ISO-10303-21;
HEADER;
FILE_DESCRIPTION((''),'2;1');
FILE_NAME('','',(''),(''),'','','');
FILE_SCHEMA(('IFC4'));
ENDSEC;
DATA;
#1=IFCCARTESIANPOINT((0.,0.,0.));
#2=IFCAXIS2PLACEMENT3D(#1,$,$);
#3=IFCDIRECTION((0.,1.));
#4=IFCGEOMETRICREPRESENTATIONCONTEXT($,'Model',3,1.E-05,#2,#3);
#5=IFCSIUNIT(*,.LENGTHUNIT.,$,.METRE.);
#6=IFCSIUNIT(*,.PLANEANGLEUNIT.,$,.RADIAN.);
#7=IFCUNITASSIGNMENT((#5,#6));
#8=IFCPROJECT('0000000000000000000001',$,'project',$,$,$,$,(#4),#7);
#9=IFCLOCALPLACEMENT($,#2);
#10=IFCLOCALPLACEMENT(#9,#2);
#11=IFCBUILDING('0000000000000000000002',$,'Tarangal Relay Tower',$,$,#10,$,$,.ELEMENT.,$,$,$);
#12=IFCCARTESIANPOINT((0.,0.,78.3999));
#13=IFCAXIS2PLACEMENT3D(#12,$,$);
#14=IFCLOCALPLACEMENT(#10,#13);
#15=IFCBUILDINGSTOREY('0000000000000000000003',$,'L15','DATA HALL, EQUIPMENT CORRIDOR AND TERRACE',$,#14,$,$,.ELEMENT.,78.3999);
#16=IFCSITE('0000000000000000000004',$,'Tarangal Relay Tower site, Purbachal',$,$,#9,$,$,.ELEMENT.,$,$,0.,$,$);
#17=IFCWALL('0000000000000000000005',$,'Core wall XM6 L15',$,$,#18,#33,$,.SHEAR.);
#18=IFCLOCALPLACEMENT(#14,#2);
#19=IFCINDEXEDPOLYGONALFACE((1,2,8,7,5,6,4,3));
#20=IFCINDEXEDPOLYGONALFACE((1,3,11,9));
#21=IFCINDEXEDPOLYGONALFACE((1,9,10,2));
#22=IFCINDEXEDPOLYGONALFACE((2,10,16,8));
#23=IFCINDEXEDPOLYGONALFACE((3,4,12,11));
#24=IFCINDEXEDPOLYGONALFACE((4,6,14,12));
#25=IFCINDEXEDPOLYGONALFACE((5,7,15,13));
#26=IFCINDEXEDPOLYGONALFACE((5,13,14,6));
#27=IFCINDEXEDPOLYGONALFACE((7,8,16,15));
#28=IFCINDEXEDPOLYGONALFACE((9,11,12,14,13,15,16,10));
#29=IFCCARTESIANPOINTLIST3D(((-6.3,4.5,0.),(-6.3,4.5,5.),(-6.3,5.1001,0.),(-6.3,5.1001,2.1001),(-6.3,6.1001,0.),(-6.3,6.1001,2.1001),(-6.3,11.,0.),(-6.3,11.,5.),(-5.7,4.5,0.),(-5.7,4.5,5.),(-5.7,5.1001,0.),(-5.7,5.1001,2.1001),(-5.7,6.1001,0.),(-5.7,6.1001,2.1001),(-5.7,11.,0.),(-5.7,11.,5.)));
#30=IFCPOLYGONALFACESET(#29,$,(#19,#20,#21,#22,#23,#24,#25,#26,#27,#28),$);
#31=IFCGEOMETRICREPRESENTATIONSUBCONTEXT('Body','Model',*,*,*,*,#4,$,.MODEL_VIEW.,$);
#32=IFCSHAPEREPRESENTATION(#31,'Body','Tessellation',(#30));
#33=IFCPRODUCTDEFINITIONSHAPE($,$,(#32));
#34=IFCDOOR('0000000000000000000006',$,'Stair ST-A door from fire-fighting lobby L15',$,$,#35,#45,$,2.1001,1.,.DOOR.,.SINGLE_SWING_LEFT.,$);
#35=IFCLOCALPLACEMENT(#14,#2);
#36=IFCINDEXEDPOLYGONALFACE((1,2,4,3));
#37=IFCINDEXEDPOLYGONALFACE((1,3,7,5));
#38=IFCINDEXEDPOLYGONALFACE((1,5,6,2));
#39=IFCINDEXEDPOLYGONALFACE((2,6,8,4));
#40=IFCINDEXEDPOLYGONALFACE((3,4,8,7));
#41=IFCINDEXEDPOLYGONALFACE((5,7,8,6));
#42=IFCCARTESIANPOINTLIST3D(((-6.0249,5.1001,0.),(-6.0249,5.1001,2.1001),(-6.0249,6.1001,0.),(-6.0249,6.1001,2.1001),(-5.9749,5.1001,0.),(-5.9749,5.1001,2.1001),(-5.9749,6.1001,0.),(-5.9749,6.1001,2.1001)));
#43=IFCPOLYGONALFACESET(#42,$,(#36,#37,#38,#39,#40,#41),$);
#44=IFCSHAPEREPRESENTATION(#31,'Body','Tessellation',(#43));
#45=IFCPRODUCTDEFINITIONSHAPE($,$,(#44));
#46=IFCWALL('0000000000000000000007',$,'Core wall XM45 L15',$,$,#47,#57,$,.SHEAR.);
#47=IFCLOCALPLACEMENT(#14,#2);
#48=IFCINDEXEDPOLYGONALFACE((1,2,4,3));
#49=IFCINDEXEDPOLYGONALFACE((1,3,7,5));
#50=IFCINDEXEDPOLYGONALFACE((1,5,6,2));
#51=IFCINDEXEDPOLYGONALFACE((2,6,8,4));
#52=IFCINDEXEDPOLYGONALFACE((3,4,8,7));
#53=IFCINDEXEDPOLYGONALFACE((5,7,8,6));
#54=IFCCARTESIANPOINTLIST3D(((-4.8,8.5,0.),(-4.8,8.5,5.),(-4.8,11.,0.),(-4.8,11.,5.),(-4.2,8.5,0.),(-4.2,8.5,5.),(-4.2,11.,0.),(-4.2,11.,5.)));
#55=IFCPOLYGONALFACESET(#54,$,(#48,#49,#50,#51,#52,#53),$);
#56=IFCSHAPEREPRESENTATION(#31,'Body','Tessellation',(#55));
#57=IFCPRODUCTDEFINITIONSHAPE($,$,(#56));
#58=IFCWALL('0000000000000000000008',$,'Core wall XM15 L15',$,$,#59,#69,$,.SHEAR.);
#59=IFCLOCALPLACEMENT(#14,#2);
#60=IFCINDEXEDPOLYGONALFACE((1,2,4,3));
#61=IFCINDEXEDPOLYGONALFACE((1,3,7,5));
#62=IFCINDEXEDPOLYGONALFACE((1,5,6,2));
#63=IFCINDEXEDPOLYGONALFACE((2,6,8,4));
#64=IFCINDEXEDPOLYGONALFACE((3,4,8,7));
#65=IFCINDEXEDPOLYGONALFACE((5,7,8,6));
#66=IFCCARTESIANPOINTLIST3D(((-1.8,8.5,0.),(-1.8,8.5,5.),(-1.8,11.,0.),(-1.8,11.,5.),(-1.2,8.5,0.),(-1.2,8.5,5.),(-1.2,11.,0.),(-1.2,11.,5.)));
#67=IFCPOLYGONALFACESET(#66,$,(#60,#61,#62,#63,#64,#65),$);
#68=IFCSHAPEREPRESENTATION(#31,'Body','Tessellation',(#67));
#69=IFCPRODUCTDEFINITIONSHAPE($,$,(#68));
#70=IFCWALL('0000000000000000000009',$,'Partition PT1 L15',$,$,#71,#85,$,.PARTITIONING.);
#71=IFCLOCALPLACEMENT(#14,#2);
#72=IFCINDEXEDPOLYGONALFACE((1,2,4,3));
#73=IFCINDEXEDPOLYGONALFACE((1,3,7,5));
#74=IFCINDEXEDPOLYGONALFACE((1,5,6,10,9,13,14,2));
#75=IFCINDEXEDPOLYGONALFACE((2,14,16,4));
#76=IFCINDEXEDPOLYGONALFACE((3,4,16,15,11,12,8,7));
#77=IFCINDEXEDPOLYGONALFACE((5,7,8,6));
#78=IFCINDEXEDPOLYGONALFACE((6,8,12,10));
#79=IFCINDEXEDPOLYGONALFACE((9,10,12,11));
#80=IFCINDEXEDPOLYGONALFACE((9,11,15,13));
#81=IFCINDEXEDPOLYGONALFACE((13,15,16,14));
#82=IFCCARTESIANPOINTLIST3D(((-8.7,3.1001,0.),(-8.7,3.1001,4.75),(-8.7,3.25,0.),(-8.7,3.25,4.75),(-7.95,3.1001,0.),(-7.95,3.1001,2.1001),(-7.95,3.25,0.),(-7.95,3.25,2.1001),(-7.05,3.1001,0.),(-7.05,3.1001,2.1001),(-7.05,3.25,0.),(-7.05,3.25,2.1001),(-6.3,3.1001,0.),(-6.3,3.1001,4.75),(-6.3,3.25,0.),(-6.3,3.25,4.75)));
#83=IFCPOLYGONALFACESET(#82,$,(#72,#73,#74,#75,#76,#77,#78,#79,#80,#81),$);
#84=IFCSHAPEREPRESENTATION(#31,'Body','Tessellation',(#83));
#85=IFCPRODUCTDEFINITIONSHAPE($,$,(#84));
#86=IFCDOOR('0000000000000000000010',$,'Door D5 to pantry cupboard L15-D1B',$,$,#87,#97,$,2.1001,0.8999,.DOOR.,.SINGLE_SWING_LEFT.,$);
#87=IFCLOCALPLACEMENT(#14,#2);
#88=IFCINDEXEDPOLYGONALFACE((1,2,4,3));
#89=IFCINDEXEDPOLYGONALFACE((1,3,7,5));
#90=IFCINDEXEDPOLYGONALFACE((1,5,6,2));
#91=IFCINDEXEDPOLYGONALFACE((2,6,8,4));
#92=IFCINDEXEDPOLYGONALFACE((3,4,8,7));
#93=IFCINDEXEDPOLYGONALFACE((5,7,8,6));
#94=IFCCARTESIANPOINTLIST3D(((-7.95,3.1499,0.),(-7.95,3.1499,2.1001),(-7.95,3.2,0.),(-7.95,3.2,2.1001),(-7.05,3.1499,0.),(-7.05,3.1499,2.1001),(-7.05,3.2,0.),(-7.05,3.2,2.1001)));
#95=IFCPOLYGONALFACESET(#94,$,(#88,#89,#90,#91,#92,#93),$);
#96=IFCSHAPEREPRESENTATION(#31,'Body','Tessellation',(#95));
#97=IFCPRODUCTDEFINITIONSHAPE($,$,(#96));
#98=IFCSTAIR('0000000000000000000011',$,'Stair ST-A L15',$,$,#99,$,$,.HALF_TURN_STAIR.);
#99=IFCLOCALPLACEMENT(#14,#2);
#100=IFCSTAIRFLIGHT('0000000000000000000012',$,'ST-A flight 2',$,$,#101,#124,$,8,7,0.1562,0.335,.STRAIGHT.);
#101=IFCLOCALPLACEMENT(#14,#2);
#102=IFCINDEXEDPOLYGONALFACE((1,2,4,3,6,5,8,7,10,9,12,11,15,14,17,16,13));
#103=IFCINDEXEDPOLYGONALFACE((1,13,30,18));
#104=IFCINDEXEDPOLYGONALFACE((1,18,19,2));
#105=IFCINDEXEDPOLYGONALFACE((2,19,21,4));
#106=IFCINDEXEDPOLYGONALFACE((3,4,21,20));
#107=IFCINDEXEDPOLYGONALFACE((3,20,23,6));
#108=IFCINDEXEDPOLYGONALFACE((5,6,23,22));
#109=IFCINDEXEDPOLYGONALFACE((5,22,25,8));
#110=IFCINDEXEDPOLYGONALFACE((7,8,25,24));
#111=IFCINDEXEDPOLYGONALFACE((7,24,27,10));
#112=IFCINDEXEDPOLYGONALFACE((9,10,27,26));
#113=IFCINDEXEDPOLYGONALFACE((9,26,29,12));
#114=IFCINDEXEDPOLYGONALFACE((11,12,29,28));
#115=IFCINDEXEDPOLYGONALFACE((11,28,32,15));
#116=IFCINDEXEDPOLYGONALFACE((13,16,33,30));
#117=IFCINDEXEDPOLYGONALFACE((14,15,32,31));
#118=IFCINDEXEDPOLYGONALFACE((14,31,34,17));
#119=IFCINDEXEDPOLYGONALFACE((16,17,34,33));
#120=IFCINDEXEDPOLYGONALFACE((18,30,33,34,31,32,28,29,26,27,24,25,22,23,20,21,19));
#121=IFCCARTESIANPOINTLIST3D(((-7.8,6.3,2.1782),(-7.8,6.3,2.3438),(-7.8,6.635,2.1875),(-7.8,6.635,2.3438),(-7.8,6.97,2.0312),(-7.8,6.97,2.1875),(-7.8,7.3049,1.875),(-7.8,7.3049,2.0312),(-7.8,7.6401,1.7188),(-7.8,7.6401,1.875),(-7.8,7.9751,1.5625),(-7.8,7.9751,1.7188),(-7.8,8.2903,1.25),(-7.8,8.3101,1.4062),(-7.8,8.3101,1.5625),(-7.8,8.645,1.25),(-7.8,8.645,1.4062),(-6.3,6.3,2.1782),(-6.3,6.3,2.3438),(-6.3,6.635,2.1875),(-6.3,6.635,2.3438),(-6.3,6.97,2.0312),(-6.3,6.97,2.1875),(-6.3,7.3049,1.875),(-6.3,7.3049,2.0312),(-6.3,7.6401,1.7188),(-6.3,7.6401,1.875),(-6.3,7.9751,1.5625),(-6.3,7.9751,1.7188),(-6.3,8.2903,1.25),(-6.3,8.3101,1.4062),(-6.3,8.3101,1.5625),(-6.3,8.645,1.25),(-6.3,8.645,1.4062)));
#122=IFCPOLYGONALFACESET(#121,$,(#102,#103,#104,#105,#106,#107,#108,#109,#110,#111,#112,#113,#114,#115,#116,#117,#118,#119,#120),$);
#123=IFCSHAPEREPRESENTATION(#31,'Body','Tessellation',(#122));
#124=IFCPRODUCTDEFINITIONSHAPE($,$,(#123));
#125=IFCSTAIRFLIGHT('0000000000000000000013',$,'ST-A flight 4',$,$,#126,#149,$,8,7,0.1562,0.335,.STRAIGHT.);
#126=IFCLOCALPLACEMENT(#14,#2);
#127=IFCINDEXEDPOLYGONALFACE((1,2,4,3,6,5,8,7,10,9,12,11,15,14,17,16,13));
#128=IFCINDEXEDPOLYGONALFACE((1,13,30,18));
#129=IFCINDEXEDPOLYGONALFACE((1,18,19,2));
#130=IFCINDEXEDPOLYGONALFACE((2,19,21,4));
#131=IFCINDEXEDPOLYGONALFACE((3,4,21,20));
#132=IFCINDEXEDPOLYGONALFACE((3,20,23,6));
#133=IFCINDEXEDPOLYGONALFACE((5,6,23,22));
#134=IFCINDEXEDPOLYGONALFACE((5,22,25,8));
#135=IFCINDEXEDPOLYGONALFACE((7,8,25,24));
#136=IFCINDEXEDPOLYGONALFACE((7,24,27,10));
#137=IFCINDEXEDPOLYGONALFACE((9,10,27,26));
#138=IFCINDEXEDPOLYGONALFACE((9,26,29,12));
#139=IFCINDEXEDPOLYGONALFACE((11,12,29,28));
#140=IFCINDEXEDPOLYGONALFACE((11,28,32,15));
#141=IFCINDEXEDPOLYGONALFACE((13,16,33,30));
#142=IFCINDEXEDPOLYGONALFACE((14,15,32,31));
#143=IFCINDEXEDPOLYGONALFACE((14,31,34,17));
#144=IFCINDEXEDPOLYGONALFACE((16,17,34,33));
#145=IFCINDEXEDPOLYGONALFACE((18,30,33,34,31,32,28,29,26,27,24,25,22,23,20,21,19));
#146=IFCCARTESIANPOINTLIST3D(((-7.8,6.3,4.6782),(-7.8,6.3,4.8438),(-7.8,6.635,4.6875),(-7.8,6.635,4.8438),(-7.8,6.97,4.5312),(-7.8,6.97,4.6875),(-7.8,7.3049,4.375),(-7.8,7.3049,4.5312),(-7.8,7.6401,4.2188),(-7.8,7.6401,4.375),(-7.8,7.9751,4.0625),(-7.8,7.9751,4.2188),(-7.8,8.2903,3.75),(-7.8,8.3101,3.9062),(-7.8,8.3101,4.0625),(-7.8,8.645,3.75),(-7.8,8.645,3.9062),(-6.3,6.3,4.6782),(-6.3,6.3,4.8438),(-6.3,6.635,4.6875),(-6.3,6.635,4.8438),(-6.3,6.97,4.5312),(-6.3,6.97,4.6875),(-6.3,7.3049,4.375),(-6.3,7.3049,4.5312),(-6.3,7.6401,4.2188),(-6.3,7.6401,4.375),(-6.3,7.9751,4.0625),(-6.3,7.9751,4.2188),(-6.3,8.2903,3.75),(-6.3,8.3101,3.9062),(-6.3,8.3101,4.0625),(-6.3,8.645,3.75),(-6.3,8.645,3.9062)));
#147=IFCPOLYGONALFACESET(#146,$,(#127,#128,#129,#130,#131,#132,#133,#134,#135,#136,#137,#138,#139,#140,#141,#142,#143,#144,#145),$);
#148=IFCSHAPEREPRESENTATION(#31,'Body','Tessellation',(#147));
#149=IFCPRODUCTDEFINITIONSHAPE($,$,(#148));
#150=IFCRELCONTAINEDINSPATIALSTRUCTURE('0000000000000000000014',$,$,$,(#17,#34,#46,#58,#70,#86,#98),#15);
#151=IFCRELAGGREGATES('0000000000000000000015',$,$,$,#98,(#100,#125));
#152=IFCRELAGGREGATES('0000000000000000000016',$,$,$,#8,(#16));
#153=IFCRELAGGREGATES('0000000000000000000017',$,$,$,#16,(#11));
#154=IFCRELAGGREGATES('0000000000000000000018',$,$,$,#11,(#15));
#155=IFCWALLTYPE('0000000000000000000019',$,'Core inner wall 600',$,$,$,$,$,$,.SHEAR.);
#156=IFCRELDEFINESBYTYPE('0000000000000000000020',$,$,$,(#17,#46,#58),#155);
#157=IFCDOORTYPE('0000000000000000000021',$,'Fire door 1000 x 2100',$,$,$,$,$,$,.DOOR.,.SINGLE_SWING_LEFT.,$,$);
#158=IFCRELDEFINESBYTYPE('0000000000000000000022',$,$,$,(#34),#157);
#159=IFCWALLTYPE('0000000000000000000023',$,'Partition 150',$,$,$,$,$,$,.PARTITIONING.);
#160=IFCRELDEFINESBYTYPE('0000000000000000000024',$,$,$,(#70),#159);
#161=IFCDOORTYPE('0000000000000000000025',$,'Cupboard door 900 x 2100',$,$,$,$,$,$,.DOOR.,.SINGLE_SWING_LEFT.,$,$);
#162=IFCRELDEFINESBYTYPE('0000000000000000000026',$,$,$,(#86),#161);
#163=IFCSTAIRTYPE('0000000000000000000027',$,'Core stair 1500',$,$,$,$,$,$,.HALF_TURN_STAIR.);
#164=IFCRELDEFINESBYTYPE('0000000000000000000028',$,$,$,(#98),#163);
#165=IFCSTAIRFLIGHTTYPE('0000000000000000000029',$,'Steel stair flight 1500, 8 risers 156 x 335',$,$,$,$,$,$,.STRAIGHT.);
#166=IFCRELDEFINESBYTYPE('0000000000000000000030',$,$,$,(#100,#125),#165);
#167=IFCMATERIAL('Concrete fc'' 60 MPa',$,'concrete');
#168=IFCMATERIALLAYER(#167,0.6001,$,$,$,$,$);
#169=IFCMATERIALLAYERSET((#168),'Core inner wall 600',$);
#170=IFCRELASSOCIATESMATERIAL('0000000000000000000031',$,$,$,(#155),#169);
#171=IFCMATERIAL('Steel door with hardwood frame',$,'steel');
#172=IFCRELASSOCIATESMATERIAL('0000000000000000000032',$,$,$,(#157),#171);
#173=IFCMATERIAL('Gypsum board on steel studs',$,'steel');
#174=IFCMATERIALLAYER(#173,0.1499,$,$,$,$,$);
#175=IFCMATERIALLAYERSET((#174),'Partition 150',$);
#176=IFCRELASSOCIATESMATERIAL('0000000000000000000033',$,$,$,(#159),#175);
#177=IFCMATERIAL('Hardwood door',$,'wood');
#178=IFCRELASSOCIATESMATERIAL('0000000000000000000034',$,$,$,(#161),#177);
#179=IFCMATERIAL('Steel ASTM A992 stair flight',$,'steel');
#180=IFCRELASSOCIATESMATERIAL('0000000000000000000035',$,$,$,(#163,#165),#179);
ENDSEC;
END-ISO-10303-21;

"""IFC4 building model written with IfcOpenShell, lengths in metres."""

from ifc_helpers import new_model, si_unit, direction, frame, frame_2d, origin, place, context, subcontext, project, spatial, polyline, rectangle, outline, extrude, material, layer, layer_set, type_object, element, fill, aggregate, save


model = new_model("IFC4")

# Units and contexts
model_context = context("Model", 3, precision=1e-05, world=origin(), true_north=direction((0.0, 1.0)))
body_context = subcontext(model_context, "Body", "Model", "MODEL_VIEW")
ifc_project = project(units=[si_unit("LENGTHUNIT", "METRE"), si_unit("PLANEANGLEUNIT", "RADIAN")], contexts=[model_context])

# Site, building, storey
site_placement = place(None, origin())
site = spatial("IfcSite", under=ifc_project, at=site_placement, Name="Tarangal Relay Tower site, Purbachal", CompositionType="ELEMENT", RefElevation=0.0)
building_placement = place(site_placement, origin())
building = spatial("IfcBuilding", under=site, at=building_placement, Name="Tarangal Relay Tower", CompositionType="ELEMENT")
storey_placement = place(building_placement, frame((0.0, 0.0, 78.3999)))
storey = spatial("IfcBuildingStorey", under=building, at=storey_placement, Name="L15", Description="DATA HALL, EQUIPMENT CORRIDOR AND TERRACE", CompositionType="ELEMENT", Elevation=78.3999)

# Shared definitions
ifc_material_1 = material(Name="Concrete fc' 60 MPa", Category="concrete")
ifc_layer_1 = layer(ifc_material_1, 0.6001)
ifc_layer_set_1 = layer_set([ifc_layer_1], Name="Core inner wall 600")
wall_type_1 = type_object("IfcWallType", Name="Core inner wall 600", PredefinedType="SHEAR", material=ifc_layer_set_1)
ifc_material_2 = material(Name="Steel door with hardwood frame", Category="steel")

# Wall, opening, door
wall_1_placement = place(storey_placement, frame((-6.0, 4.5, 0.0), z_axis=(0.0, 0.0, 1.0), x_axis=(0.0, 1.0, 0.0)))
wall_1 = element("IfcWall", 1, at=wall_1_placement, inside=storey, type_object=wall_type_1, Name="Core wall XM6 L15", PredefinedType="SHEAR", context=body_context, shape_type="SweptSolid", body=[
    extrude(rectangle(XDim=6.5, YDim=0.6001, at=frame_2d((3.25, 0.0))), origin(), (0.0, 0.0, 1.0), 5.0),
])
opening_1_placement = place(wall_1_placement, frame((0.6001, 0.0, 0.0)))
opening_1 = element("IfcOpeningElement", 2, at=opening_1_placement, cuts=wall_1, PredefinedType="OPENING", context=body_context, shape_type="SweptSolid", body=[
    extrude(rectangle(XDim=1.0, YDim=2.1001, at=frame_2d((0.5, 1.05))), frame((0.0, 0.3101, 0.0), z_axis=(0.0, -1.0, 0.0), x_axis=(1.0, 0.0, 0.0)), (0.0, 0.0, 1.0), 0.6201),
])
door_type_1 = type_object("IfcDoorType", Name="Fire door 1000 x 2100", OperationType="SINGLE_SWING_LEFT", PredefinedType="DOOR", material=ifc_material_2)
door_1_placement = place(opening_1_placement, origin())
door_1 = element("IfcDoor", 3, at=door_1_placement, inside=storey, type_object=door_type_1, Name="Stair ST-A door from fire-fighting lobby L15", OperationType="SINGLE_SWING_LEFT", OverallHeight=2.1001, OverallWidth=1.0, PredefinedType="DOOR", context=body_context, shape_type="SweptSolid", body=[
    extrude(rectangle(XDim=1.0, YDim=2.1001, at=frame_2d((0.5, 1.05))), frame((0.0, 0.0249, 0.0), z_axis=(0.0, -1.0, 0.0), x_axis=(1.0, 0.0, 0.0)), (0.0, 0.0, 1.0), 0.05),
])
fill(opening_1, door_1)

# Walls
for number, where, z_axis, x_axis, name in (
    (4, (-4.5, 8.5, 0.0), (0.0, 0.0, 1.0), (0.0, 1.0, 0.0), "Core wall XM45 L15"),
    (5, (-1.5, 8.5, 0.0), (0.0, 0.0, 1.0), (0.0, 1.0, 0.0), "Core wall XM15 L15"),
):
    element("IfcWall", number, at=place(storey_placement, frame(where, z_axis=z_axis, x_axis=x_axis)), inside=storey, type_object=wall_type_1, Name=name, PredefinedType="SHEAR", context=body_context, shape_type="SweptSolid", body=[
        extrude(rectangle(XDim=2.5, YDim=0.6001, at=frame_2d((1.25, 0.0))), origin(), (0.0, 0.0, 1.0), 5.0),
    ])

# Wall, opening, door
ifc_material_3 = material(Name="Gypsum board on steel studs", Category="steel")
ifc_layer_2 = layer(ifc_material_3, 0.1499)
ifc_layer_set_2 = layer_set([ifc_layer_2], Name="Partition 150")
wall_type_2 = type_object("IfcWallType", Name="Partition 150", PredefinedType="PARTITIONING", material=ifc_layer_set_2)
wall_2_placement = place(storey_placement, frame((-8.7, 3.175, 0.0), z_axis=(0.0, 0.0, 1.0), x_axis=(1.0, 0.0, 0.0)))
wall_2 = element("IfcWall", 6, at=wall_2_placement, inside=storey, type_object=wall_type_2, Name="Partition PT1 L15", PredefinedType="PARTITIONING", context=body_context, shape_type="SweptSolid", body=[
    extrude(rectangle(XDim=2.3999, YDim=0.1499, at=frame_2d((1.2, 0.0))), origin(), (0.0, 0.0, 1.0), 4.75),
])
opening_2_placement = place(wall_2_placement, frame((0.75, 0.0, 0.0)))
opening_2 = element("IfcOpeningElement", 7, at=opening_2_placement, cuts=wall_2, PredefinedType="OPENING", context=body_context, shape_type="SweptSolid", body=[
    extrude(rectangle(XDim=0.8999, YDim=2.1001, at=frame_2d((0.45, 1.05))), frame((0.0, 0.085, 0.0), z_axis=(0.0, -1.0, 0.0), x_axis=(1.0, 0.0, 0.0)), (0.0, 0.0, 1.0), 0.1699),
])
ifc_material_4 = material(Name="Hardwood door", Category="wood")
door_type_2 = type_object("IfcDoorType", Name="Cupboard door 900 x 2100", OperationType="SINGLE_SWING_LEFT", PredefinedType="DOOR", material=ifc_material_4)
door_2_placement = place(opening_2_placement, origin())
door_2 = element("IfcDoor", 8, at=door_2_placement, inside=storey, type_object=door_type_2, Name="Door D5 to pantry cupboard L15-D1B", OperationType="SINGLE_SWING_LEFT", OverallHeight=2.1001, OverallWidth=0.8999, PredefinedType="DOOR", context=body_context, shape_type="SweptSolid", body=[
    extrude(rectangle(XDim=0.8999, YDim=2.1001, at=frame_2d((0.45, 1.05))), frame((0.0, 0.0249, 0.0), z_axis=(0.0, -1.0, 0.0), x_axis=(1.0, 0.0, 0.0)), (0.0, 0.0, 1.0), 0.05),
])
fill(opening_2, door_2)

# Stair, stair flights
ifc_material_5 = material(Name="Steel ASTM A992 stair flight", Category="steel")
stair_type = type_object("IfcStairType", Name="Core stair 1500", PredefinedType="HALF_TURN_STAIR", material=ifc_material_5)
stair_placement = place(storey_placement, origin())
stair = element("IfcStair", 9, at=stair_placement, inside=storey, type_object=stair_type, Name="Stair ST-A L15", PredefinedType="HALF_TURN_STAIR")
stair_flight_type = type_object("IfcStairFlightType", Name="Steel stair flight 1500, 8 risers 156 x 335", PredefinedType="STRAIGHT", material=ifc_material_5)
stair_flight_1_placement = place(storey_placement, frame((-7.05, 8.645, 1.25), z_axis=(0.0, 0.0, 1.0), x_axis=(0.0, -1.0, 0.0)))
stair_flight_1 = element("IfcStairFlight", 10, at=stair_flight_1_placement, type_object=stair_flight_type, Name="ST-A flight 2", NumberOfRisers=8, NumberOfTreads=7, PredefinedType="STRAIGHT", RiserHeight=0.1562, TreadLength=0.335, context=body_context, shape_type="SweptSolid", body=[
    extrude(outline(polyline([(0.0, 0.0), (0.0, 0.1562), (0.335, 0.1562), (0.335, 0.3125), (0.6699, 0.3125), (0.6699, 0.4688), (1.0049, 0.4688), (1.0049, 0.625), (1.3401, 0.625), (1.3401, 0.7812), (1.675, 0.7812), (1.675, 0.9375), (2.01, 0.9375), (2.01, 1.0938), (2.345, 1.0938), (2.345, 1.25), (2.345, 0.9282), (0.3547, 0.0), (0.0, 0.0)])), frame((0.0, 0.75, 0.0), z_axis=(0.0, -1.0, 0.0), x_axis=(1.0, 0.0, 0.0)), (0.0, 0.0, 1.0), 1.5),
])
stair_flight_2_placement = place(storey_placement, frame((-7.05, 8.645, 3.75), z_axis=(0.0, 0.0, 1.0), x_axis=(0.0, -1.0, 0.0)))
stair_flight_2 = element("IfcStairFlight", 11, at=stair_flight_2_placement, type_object=stair_flight_type, Name="ST-A flight 4", NumberOfRisers=8, NumberOfTreads=7, PredefinedType="STRAIGHT", RiserHeight=0.1562, TreadLength=0.335, context=body_context, shape_type="SweptSolid", body=[
    extrude(outline(polyline([(0.0, 0.0), (0.0, 0.1562), (0.335, 0.1562), (0.335, 0.3125), (0.6699, 0.3125), (0.6699, 0.4688), (1.0049, 0.4688), (1.0049, 0.625), (1.3401, 0.625), (1.3401, 0.7812), (1.675, 0.7812), (1.675, 0.9375), (2.01, 0.9375), (2.01, 1.0938), (2.345, 1.0938), (2.345, 1.25), (2.345, 0.9282), (0.3547, 0.0), (0.0, 0.0)])), frame((0.0, 0.75, 0.0), z_axis=(0.0, -1.0, 0.0), x_axis=(1.0, 0.0, 0.0)), (0.0, 0.0, 1.0), 1.5),
])
aggregate(stair, [stair_flight_1, stair_flight_2])

save(model, "model.ifc")
